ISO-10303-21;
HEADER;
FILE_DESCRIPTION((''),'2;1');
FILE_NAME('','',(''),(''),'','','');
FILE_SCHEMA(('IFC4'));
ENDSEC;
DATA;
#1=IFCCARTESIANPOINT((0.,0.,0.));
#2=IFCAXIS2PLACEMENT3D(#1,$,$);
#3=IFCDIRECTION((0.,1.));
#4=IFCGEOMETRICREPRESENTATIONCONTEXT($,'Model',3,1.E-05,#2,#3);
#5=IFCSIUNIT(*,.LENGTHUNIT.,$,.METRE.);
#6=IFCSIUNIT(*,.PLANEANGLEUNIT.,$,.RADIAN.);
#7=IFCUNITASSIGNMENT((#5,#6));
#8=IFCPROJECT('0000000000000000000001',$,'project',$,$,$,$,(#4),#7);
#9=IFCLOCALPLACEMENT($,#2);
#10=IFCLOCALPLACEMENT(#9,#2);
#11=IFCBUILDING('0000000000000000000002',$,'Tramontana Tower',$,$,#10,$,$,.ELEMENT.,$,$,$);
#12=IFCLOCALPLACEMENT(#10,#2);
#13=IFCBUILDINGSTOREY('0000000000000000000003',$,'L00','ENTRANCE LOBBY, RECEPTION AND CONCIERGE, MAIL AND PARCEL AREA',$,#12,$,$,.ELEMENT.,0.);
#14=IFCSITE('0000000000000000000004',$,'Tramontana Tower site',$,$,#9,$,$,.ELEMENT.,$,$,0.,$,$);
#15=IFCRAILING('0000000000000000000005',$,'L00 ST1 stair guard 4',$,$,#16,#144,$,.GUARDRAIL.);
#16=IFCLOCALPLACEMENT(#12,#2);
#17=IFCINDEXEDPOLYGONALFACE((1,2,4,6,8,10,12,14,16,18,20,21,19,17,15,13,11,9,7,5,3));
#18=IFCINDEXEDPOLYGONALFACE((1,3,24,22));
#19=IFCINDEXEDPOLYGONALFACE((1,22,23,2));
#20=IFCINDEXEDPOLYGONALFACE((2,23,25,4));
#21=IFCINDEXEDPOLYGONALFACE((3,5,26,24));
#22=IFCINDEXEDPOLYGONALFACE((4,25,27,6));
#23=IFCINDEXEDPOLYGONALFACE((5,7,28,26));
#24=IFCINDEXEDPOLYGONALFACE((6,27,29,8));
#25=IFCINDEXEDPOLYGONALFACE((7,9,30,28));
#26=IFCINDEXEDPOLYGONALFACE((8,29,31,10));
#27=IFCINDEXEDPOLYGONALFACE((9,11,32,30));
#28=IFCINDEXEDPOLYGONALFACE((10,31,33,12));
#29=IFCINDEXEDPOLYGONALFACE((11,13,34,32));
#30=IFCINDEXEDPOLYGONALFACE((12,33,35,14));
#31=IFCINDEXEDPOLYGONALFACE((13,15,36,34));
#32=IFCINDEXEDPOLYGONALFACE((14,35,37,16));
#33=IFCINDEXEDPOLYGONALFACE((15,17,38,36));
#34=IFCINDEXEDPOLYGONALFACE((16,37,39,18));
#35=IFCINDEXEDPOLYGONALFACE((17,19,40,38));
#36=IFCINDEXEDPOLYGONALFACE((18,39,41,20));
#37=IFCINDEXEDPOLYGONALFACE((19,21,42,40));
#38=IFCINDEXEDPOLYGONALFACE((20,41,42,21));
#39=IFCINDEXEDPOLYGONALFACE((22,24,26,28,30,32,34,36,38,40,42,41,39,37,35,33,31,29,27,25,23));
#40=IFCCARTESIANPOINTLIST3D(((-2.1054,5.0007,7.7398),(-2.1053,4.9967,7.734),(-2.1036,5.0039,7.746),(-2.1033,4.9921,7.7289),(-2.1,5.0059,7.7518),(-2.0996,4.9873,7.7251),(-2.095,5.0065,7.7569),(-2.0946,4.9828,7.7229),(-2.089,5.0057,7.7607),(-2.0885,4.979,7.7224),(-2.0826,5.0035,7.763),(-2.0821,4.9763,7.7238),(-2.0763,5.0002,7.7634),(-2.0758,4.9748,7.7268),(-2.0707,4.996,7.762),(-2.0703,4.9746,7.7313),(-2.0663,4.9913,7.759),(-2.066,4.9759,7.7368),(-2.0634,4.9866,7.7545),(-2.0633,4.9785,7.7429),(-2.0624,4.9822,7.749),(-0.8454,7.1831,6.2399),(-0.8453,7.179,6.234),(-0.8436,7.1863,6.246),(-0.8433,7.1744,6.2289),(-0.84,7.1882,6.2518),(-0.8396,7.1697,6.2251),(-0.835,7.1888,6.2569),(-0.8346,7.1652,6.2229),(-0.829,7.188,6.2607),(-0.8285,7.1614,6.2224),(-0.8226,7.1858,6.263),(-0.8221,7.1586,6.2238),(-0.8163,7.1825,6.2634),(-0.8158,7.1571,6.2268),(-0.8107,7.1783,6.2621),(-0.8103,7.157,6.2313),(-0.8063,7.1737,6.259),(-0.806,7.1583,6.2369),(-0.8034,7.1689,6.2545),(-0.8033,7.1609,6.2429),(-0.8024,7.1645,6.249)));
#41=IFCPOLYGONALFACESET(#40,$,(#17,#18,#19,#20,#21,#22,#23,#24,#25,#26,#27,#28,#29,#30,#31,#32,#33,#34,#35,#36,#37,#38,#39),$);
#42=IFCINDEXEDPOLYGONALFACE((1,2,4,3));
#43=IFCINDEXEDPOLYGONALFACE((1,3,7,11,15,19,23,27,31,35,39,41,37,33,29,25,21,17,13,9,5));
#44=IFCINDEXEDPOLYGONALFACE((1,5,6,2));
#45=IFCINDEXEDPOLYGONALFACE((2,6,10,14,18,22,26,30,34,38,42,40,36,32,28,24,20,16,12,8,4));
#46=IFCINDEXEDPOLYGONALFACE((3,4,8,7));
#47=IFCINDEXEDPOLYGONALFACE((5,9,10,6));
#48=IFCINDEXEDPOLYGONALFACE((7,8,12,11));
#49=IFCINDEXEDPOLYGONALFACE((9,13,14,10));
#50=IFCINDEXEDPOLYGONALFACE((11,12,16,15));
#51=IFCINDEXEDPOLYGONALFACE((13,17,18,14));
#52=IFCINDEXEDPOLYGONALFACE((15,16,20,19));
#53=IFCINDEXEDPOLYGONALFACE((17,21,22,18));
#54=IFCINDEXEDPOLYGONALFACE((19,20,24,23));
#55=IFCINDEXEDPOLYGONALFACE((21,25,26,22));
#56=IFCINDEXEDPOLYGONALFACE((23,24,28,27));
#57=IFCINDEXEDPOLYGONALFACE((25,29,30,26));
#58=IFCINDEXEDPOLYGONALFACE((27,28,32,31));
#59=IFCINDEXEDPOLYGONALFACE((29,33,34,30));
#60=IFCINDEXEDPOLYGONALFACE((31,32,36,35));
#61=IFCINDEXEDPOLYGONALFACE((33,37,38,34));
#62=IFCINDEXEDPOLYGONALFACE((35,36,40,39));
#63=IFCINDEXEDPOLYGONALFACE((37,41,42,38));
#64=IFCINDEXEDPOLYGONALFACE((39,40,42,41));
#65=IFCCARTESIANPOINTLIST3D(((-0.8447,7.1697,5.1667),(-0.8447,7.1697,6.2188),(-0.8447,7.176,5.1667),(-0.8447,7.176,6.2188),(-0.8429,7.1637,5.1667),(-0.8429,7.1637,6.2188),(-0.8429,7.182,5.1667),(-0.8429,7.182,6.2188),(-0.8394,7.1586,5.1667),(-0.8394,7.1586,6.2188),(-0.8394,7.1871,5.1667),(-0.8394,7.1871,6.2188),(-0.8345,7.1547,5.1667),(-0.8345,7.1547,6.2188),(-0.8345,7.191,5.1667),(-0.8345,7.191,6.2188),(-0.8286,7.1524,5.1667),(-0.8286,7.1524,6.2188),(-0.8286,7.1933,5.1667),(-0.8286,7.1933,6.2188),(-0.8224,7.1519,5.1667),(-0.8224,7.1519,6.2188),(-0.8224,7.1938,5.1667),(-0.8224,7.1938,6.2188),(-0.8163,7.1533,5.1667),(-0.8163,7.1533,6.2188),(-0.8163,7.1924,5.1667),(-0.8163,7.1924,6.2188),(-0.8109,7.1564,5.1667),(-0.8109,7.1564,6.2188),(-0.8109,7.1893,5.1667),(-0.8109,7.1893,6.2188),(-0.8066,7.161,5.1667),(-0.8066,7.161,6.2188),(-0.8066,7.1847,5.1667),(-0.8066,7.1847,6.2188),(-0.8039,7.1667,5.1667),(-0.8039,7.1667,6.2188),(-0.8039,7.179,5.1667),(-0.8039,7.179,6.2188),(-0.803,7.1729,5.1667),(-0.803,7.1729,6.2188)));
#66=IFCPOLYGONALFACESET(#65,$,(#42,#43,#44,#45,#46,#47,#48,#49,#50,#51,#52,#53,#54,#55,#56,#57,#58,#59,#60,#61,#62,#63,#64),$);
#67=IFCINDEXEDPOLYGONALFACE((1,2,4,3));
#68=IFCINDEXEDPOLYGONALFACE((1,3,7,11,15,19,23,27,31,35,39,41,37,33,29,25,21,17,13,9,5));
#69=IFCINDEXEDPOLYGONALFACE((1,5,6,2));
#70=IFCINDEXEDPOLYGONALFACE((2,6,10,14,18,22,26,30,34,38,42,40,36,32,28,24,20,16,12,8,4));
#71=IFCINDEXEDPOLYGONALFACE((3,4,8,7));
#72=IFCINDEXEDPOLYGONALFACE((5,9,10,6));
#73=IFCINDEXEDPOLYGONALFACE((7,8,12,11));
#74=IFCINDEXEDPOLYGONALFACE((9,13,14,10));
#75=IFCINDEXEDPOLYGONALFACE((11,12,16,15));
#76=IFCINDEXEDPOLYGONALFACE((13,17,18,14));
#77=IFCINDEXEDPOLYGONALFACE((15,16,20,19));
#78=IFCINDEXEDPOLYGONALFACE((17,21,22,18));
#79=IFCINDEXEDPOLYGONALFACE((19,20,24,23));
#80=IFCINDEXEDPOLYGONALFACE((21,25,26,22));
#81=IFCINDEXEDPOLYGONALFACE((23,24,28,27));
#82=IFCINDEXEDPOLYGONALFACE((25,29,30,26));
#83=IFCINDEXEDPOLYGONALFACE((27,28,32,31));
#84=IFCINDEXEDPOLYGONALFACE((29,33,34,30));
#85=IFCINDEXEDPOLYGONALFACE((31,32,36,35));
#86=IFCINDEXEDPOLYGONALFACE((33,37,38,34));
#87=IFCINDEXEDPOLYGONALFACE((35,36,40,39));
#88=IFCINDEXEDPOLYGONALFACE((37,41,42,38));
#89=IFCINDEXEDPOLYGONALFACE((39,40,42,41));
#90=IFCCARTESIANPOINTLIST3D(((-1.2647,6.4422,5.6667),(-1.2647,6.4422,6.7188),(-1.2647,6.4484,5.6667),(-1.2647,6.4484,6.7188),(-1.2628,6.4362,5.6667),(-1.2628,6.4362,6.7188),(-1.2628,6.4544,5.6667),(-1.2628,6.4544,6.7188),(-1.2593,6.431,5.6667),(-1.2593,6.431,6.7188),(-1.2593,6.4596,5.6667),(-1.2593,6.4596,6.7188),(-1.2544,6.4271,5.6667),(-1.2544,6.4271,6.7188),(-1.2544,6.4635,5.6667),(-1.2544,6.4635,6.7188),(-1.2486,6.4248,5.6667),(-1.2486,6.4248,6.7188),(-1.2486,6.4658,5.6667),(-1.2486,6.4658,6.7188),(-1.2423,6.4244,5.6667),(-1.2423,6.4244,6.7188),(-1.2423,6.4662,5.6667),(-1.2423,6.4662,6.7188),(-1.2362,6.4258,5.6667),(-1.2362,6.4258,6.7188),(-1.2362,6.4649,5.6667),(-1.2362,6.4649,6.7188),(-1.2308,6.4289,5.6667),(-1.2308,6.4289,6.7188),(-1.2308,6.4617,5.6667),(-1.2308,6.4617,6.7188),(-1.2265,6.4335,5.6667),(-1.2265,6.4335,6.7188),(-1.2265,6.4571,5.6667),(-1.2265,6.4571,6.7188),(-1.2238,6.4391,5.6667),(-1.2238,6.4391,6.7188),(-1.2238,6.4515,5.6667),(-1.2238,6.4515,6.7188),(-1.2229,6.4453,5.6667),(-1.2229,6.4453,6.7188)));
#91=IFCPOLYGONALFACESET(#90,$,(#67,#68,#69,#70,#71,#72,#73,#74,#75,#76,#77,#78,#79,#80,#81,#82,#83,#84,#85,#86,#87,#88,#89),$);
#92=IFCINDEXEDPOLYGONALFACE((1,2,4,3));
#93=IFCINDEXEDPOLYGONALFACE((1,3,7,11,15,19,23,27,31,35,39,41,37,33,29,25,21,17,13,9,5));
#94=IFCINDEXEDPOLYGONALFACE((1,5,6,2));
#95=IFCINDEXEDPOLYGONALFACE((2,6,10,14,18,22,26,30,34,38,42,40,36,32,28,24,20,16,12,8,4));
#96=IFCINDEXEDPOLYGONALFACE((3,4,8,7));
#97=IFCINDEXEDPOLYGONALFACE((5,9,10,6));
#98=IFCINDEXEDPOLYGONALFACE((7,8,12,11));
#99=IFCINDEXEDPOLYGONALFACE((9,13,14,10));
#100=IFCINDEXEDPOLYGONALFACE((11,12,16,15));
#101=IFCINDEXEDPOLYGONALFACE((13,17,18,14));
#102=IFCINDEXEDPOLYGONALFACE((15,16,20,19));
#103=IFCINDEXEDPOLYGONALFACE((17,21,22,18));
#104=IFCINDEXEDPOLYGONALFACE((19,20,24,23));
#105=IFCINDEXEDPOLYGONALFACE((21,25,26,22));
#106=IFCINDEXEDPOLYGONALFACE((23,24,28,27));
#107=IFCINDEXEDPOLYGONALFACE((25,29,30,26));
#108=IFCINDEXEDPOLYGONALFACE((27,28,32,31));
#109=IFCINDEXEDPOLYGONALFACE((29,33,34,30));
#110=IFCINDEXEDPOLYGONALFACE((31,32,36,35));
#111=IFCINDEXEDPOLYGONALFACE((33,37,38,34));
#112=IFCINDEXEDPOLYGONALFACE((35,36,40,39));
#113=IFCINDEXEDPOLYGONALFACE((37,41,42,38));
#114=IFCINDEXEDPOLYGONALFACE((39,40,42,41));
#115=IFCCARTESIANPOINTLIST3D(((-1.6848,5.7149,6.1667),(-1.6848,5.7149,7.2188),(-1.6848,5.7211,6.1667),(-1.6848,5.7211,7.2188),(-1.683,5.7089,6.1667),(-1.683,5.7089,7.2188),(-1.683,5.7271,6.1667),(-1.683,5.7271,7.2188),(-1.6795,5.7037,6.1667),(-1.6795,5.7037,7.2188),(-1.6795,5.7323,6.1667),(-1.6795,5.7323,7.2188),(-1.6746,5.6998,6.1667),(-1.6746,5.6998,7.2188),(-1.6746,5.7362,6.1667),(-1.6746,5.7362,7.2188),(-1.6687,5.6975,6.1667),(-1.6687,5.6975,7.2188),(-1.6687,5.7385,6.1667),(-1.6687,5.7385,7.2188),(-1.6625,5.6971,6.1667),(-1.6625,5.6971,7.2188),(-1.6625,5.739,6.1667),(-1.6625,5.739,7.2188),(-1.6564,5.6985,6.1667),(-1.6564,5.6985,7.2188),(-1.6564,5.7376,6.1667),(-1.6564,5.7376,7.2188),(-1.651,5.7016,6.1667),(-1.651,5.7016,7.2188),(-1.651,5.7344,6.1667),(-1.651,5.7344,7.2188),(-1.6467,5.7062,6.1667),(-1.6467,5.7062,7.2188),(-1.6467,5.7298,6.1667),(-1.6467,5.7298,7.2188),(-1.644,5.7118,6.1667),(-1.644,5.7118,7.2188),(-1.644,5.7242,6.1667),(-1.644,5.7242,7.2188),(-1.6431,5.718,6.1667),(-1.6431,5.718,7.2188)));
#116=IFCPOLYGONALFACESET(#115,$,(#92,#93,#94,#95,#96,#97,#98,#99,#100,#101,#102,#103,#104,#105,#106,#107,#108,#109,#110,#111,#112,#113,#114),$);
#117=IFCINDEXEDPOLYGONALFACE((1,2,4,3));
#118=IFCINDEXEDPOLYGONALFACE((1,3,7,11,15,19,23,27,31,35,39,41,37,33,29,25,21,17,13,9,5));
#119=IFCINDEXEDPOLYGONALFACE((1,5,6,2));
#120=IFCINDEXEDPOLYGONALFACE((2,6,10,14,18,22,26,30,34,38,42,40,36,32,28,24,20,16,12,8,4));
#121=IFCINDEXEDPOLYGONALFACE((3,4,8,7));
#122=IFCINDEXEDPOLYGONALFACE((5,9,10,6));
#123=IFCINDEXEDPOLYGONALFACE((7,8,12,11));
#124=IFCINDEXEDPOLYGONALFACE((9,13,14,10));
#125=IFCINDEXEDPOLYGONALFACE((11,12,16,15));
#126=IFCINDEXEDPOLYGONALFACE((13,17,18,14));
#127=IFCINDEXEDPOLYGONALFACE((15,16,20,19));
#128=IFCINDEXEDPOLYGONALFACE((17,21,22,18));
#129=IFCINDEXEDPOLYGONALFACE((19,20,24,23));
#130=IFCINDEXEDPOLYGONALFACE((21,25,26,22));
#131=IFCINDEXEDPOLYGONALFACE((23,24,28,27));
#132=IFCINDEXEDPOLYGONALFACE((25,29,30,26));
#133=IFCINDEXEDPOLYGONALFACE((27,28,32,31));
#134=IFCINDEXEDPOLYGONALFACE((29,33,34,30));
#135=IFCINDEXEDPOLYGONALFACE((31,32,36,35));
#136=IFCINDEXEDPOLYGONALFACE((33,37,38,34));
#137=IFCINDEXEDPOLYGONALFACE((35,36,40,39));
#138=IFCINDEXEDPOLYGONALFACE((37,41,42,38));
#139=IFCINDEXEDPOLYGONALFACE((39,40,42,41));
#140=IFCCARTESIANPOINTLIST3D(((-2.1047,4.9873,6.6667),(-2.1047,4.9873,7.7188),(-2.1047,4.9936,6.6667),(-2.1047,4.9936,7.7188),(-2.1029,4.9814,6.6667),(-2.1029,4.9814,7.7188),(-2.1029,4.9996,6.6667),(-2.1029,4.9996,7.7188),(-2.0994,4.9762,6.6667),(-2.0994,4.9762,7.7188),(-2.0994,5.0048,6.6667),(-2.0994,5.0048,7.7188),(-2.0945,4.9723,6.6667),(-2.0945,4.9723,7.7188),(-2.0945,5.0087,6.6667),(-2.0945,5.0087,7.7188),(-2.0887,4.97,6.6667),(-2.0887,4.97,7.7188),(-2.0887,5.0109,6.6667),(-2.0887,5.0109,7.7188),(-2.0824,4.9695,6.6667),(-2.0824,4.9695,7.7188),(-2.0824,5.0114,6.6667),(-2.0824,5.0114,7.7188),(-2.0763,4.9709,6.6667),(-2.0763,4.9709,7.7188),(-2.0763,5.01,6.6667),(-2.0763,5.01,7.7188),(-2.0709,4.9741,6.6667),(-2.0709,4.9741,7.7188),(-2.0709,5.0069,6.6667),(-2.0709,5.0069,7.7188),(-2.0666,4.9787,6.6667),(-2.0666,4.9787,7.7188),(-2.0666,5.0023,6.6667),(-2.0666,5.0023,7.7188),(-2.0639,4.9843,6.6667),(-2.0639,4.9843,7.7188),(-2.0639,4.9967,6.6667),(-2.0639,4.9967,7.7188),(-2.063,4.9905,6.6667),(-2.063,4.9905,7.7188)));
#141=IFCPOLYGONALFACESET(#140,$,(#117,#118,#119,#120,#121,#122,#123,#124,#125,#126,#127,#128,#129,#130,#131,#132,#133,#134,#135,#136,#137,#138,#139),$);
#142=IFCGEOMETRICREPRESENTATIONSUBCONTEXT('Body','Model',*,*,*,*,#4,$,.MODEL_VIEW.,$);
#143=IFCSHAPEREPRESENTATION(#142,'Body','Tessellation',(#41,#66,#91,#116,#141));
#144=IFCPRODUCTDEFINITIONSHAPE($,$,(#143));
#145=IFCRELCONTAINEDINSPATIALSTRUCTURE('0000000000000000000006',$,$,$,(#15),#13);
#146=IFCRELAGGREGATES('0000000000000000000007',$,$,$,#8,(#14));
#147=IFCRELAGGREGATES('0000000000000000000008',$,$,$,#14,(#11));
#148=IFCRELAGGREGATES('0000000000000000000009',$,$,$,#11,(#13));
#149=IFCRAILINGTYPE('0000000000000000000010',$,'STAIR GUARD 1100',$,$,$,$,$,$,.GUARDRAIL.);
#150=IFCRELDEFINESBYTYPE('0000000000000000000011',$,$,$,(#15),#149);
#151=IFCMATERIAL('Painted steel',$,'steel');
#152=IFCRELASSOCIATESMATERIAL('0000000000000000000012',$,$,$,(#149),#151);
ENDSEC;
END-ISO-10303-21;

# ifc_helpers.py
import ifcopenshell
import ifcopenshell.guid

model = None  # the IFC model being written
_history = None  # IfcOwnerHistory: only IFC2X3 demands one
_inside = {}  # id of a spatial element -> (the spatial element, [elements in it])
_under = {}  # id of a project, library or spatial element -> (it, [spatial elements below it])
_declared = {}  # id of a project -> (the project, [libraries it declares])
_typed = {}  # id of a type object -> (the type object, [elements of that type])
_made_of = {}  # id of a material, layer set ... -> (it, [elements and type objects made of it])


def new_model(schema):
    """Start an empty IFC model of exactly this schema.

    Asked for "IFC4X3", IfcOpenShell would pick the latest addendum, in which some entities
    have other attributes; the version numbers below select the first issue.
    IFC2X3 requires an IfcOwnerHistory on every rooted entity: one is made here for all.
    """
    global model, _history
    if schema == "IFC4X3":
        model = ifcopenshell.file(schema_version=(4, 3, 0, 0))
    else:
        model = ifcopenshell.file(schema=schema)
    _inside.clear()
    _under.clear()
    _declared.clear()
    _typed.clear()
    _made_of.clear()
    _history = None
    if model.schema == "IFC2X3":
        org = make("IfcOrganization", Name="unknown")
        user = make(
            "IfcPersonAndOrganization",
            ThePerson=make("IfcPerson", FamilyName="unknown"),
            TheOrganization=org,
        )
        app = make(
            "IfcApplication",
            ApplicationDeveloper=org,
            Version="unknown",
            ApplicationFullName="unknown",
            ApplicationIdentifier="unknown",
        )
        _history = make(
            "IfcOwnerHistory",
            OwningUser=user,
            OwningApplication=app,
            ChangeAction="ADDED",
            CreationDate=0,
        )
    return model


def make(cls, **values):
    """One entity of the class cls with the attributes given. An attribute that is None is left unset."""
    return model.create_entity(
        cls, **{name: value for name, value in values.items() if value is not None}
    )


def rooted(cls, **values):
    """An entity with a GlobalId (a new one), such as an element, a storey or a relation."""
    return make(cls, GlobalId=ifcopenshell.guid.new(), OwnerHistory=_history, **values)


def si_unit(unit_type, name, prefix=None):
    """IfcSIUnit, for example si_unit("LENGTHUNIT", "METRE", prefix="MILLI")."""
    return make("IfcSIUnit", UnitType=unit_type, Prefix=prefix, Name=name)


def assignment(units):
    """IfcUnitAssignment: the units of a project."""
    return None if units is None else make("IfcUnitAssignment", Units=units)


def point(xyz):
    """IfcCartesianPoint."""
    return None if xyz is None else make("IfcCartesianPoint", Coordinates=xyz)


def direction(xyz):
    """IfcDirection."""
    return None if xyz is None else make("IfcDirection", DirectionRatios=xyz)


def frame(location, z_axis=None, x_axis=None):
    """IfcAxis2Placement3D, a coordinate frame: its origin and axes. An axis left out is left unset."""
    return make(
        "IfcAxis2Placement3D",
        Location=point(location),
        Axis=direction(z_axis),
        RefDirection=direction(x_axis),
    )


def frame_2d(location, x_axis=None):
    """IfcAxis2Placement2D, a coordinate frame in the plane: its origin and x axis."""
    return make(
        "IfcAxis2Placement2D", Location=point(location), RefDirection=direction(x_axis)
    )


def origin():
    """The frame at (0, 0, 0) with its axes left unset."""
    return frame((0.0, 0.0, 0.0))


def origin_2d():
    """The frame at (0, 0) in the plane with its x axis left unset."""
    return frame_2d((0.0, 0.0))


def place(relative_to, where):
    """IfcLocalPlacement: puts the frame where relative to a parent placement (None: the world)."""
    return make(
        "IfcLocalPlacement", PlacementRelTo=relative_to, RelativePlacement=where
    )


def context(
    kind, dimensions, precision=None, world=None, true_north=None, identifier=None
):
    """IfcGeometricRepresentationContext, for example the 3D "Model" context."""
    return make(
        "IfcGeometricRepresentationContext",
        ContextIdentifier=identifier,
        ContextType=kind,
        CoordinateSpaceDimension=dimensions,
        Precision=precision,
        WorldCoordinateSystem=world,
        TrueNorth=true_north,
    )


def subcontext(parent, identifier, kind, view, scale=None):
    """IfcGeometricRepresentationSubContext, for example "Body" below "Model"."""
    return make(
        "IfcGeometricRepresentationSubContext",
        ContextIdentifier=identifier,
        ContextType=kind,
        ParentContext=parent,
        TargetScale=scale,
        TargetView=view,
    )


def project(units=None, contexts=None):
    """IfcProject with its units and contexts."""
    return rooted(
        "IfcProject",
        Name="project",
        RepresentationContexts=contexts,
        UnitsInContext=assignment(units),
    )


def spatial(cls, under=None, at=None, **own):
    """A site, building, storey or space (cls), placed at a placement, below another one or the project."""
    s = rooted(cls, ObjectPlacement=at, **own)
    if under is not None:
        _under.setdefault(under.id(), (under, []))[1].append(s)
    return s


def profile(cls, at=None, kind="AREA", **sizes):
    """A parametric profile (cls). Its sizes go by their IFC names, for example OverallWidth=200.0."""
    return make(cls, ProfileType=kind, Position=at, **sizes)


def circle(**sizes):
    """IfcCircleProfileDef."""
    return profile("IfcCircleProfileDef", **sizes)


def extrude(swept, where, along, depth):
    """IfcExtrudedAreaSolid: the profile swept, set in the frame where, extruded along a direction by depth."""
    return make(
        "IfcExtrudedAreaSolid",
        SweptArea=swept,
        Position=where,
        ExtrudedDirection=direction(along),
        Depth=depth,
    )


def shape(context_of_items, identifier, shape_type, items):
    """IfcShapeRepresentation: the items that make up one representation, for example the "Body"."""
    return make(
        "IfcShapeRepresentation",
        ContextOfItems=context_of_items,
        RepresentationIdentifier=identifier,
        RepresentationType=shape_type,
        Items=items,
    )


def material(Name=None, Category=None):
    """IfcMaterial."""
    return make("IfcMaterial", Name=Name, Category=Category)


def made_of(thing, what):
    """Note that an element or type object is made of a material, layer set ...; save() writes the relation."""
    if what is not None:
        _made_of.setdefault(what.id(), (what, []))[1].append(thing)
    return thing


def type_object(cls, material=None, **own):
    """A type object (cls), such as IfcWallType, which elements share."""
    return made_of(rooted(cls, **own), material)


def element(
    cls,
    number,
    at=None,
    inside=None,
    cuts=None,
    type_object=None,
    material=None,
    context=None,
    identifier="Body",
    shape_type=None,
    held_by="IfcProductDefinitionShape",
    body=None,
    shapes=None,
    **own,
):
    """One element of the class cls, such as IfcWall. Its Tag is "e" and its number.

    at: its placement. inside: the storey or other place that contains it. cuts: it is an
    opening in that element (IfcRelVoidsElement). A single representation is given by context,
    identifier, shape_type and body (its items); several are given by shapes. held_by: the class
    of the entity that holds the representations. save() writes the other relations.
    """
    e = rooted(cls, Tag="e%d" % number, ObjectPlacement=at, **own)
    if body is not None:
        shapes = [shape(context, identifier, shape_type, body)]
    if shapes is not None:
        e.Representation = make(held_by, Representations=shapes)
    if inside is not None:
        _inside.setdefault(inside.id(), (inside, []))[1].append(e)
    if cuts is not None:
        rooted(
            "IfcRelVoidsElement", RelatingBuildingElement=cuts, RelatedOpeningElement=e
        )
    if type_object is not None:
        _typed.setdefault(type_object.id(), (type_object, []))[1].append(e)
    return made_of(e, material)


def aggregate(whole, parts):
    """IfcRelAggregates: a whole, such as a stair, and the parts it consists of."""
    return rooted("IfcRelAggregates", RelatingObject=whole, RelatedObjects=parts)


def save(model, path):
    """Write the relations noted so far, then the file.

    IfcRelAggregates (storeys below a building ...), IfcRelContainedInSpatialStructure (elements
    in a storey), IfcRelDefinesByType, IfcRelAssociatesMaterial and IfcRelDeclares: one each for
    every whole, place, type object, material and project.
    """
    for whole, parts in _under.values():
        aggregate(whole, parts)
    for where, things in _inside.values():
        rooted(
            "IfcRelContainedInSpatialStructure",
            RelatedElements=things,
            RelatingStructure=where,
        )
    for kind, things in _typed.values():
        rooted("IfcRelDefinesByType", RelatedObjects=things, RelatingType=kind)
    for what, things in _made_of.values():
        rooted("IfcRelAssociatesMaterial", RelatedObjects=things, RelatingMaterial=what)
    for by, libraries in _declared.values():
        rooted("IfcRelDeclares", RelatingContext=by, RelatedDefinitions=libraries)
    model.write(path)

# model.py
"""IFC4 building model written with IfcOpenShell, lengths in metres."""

from ifc_helpers import new_model, si_unit, direction, frame, origin, origin_2d, place, context, subcontext, project, spatial, circle, extrude, material, type_object, element, save


model = new_model("IFC4")

# Units and contexts
model_context = context("Model", 3, precision=1e-05, world=origin(), true_north=direction((0.0, 1.0)))
body_context = subcontext(model_context, "Body", "Model", "MODEL_VIEW")
ifc_project = project(units=[si_unit("LENGTHUNIT", "METRE"), si_unit("PLANEANGLEUNIT", "RADIAN")], contexts=[model_context])

# Site, building, storey
site_placement = place(None, origin())
site = spatial("IfcSite", under=ifc_project, at=site_placement, Name="Tramontana Tower site", CompositionType="ELEMENT", RefElevation=0.0)
building_placement = place(site_placement, origin())
building = spatial("IfcBuilding", under=site, at=building_placement, Name="Tramontana Tower", CompositionType="ELEMENT")
storey_placement = place(building_placement, origin())
storey = spatial("IfcBuildingStorey", under=building, at=storey_placement, Name="L00", Description="ENTRANCE LOBBY, RECEPTION AND CONCIERGE, MAIL AND PARCEL AREA", CompositionType="ELEMENT", Elevation=0.0)

# Railing
ifc_material_1 = material(Name="Painted steel", Category="steel")
railing_type_1 = type_object("IfcRailingType", Name="STAIR GUARD 1100", PredefinedType="GUARDRAIL", material=ifc_material_1)
for number, where, name in (
    (1, (-0.824, 7.1729, 5.1667), "L00 ST1 stair guard 4"),
):
    element("IfcRailing", number, at=place(storey_placement, frame(where)), inside=storey, type_object=railing_type_1, Name=name, PredefinedType="GUARDRAIL", context=body_context, shape_type="SweptSolid", body=[
        extrude(circle(Radius=0.0239, at=origin_2d()), frame((0.0, 0.0, 1.0762), z_axis=(-0.42965, -0.744167, 0.511485), x_axis=(0.866023, -0.500005, 0.0)), (0.0, 0.0, 1.0), 2.9326),
        extrude(circle(Radius=0.021, at=origin_2d()), origin(), (0.0, 0.0, 1.0), 1.052),
        extrude(circle(Radius=0.021, at=origin_2d()), frame((-0.4199, -0.7275, 0.5)), (0.0, 0.0, 1.0), 1.052),
        extrude(circle(Radius=0.021, at=origin_2d()), frame((-0.8401, -1.4548, 1.0)), (0.0, 0.0, 1.0), 1.052),
        extrude(circle(Radius=0.021, at=origin_2d()), frame((-1.26, -2.1824, 1.5)), (0.0, 0.0, 1.0), 1.052),
    ])

save(model, "model.ifc")
